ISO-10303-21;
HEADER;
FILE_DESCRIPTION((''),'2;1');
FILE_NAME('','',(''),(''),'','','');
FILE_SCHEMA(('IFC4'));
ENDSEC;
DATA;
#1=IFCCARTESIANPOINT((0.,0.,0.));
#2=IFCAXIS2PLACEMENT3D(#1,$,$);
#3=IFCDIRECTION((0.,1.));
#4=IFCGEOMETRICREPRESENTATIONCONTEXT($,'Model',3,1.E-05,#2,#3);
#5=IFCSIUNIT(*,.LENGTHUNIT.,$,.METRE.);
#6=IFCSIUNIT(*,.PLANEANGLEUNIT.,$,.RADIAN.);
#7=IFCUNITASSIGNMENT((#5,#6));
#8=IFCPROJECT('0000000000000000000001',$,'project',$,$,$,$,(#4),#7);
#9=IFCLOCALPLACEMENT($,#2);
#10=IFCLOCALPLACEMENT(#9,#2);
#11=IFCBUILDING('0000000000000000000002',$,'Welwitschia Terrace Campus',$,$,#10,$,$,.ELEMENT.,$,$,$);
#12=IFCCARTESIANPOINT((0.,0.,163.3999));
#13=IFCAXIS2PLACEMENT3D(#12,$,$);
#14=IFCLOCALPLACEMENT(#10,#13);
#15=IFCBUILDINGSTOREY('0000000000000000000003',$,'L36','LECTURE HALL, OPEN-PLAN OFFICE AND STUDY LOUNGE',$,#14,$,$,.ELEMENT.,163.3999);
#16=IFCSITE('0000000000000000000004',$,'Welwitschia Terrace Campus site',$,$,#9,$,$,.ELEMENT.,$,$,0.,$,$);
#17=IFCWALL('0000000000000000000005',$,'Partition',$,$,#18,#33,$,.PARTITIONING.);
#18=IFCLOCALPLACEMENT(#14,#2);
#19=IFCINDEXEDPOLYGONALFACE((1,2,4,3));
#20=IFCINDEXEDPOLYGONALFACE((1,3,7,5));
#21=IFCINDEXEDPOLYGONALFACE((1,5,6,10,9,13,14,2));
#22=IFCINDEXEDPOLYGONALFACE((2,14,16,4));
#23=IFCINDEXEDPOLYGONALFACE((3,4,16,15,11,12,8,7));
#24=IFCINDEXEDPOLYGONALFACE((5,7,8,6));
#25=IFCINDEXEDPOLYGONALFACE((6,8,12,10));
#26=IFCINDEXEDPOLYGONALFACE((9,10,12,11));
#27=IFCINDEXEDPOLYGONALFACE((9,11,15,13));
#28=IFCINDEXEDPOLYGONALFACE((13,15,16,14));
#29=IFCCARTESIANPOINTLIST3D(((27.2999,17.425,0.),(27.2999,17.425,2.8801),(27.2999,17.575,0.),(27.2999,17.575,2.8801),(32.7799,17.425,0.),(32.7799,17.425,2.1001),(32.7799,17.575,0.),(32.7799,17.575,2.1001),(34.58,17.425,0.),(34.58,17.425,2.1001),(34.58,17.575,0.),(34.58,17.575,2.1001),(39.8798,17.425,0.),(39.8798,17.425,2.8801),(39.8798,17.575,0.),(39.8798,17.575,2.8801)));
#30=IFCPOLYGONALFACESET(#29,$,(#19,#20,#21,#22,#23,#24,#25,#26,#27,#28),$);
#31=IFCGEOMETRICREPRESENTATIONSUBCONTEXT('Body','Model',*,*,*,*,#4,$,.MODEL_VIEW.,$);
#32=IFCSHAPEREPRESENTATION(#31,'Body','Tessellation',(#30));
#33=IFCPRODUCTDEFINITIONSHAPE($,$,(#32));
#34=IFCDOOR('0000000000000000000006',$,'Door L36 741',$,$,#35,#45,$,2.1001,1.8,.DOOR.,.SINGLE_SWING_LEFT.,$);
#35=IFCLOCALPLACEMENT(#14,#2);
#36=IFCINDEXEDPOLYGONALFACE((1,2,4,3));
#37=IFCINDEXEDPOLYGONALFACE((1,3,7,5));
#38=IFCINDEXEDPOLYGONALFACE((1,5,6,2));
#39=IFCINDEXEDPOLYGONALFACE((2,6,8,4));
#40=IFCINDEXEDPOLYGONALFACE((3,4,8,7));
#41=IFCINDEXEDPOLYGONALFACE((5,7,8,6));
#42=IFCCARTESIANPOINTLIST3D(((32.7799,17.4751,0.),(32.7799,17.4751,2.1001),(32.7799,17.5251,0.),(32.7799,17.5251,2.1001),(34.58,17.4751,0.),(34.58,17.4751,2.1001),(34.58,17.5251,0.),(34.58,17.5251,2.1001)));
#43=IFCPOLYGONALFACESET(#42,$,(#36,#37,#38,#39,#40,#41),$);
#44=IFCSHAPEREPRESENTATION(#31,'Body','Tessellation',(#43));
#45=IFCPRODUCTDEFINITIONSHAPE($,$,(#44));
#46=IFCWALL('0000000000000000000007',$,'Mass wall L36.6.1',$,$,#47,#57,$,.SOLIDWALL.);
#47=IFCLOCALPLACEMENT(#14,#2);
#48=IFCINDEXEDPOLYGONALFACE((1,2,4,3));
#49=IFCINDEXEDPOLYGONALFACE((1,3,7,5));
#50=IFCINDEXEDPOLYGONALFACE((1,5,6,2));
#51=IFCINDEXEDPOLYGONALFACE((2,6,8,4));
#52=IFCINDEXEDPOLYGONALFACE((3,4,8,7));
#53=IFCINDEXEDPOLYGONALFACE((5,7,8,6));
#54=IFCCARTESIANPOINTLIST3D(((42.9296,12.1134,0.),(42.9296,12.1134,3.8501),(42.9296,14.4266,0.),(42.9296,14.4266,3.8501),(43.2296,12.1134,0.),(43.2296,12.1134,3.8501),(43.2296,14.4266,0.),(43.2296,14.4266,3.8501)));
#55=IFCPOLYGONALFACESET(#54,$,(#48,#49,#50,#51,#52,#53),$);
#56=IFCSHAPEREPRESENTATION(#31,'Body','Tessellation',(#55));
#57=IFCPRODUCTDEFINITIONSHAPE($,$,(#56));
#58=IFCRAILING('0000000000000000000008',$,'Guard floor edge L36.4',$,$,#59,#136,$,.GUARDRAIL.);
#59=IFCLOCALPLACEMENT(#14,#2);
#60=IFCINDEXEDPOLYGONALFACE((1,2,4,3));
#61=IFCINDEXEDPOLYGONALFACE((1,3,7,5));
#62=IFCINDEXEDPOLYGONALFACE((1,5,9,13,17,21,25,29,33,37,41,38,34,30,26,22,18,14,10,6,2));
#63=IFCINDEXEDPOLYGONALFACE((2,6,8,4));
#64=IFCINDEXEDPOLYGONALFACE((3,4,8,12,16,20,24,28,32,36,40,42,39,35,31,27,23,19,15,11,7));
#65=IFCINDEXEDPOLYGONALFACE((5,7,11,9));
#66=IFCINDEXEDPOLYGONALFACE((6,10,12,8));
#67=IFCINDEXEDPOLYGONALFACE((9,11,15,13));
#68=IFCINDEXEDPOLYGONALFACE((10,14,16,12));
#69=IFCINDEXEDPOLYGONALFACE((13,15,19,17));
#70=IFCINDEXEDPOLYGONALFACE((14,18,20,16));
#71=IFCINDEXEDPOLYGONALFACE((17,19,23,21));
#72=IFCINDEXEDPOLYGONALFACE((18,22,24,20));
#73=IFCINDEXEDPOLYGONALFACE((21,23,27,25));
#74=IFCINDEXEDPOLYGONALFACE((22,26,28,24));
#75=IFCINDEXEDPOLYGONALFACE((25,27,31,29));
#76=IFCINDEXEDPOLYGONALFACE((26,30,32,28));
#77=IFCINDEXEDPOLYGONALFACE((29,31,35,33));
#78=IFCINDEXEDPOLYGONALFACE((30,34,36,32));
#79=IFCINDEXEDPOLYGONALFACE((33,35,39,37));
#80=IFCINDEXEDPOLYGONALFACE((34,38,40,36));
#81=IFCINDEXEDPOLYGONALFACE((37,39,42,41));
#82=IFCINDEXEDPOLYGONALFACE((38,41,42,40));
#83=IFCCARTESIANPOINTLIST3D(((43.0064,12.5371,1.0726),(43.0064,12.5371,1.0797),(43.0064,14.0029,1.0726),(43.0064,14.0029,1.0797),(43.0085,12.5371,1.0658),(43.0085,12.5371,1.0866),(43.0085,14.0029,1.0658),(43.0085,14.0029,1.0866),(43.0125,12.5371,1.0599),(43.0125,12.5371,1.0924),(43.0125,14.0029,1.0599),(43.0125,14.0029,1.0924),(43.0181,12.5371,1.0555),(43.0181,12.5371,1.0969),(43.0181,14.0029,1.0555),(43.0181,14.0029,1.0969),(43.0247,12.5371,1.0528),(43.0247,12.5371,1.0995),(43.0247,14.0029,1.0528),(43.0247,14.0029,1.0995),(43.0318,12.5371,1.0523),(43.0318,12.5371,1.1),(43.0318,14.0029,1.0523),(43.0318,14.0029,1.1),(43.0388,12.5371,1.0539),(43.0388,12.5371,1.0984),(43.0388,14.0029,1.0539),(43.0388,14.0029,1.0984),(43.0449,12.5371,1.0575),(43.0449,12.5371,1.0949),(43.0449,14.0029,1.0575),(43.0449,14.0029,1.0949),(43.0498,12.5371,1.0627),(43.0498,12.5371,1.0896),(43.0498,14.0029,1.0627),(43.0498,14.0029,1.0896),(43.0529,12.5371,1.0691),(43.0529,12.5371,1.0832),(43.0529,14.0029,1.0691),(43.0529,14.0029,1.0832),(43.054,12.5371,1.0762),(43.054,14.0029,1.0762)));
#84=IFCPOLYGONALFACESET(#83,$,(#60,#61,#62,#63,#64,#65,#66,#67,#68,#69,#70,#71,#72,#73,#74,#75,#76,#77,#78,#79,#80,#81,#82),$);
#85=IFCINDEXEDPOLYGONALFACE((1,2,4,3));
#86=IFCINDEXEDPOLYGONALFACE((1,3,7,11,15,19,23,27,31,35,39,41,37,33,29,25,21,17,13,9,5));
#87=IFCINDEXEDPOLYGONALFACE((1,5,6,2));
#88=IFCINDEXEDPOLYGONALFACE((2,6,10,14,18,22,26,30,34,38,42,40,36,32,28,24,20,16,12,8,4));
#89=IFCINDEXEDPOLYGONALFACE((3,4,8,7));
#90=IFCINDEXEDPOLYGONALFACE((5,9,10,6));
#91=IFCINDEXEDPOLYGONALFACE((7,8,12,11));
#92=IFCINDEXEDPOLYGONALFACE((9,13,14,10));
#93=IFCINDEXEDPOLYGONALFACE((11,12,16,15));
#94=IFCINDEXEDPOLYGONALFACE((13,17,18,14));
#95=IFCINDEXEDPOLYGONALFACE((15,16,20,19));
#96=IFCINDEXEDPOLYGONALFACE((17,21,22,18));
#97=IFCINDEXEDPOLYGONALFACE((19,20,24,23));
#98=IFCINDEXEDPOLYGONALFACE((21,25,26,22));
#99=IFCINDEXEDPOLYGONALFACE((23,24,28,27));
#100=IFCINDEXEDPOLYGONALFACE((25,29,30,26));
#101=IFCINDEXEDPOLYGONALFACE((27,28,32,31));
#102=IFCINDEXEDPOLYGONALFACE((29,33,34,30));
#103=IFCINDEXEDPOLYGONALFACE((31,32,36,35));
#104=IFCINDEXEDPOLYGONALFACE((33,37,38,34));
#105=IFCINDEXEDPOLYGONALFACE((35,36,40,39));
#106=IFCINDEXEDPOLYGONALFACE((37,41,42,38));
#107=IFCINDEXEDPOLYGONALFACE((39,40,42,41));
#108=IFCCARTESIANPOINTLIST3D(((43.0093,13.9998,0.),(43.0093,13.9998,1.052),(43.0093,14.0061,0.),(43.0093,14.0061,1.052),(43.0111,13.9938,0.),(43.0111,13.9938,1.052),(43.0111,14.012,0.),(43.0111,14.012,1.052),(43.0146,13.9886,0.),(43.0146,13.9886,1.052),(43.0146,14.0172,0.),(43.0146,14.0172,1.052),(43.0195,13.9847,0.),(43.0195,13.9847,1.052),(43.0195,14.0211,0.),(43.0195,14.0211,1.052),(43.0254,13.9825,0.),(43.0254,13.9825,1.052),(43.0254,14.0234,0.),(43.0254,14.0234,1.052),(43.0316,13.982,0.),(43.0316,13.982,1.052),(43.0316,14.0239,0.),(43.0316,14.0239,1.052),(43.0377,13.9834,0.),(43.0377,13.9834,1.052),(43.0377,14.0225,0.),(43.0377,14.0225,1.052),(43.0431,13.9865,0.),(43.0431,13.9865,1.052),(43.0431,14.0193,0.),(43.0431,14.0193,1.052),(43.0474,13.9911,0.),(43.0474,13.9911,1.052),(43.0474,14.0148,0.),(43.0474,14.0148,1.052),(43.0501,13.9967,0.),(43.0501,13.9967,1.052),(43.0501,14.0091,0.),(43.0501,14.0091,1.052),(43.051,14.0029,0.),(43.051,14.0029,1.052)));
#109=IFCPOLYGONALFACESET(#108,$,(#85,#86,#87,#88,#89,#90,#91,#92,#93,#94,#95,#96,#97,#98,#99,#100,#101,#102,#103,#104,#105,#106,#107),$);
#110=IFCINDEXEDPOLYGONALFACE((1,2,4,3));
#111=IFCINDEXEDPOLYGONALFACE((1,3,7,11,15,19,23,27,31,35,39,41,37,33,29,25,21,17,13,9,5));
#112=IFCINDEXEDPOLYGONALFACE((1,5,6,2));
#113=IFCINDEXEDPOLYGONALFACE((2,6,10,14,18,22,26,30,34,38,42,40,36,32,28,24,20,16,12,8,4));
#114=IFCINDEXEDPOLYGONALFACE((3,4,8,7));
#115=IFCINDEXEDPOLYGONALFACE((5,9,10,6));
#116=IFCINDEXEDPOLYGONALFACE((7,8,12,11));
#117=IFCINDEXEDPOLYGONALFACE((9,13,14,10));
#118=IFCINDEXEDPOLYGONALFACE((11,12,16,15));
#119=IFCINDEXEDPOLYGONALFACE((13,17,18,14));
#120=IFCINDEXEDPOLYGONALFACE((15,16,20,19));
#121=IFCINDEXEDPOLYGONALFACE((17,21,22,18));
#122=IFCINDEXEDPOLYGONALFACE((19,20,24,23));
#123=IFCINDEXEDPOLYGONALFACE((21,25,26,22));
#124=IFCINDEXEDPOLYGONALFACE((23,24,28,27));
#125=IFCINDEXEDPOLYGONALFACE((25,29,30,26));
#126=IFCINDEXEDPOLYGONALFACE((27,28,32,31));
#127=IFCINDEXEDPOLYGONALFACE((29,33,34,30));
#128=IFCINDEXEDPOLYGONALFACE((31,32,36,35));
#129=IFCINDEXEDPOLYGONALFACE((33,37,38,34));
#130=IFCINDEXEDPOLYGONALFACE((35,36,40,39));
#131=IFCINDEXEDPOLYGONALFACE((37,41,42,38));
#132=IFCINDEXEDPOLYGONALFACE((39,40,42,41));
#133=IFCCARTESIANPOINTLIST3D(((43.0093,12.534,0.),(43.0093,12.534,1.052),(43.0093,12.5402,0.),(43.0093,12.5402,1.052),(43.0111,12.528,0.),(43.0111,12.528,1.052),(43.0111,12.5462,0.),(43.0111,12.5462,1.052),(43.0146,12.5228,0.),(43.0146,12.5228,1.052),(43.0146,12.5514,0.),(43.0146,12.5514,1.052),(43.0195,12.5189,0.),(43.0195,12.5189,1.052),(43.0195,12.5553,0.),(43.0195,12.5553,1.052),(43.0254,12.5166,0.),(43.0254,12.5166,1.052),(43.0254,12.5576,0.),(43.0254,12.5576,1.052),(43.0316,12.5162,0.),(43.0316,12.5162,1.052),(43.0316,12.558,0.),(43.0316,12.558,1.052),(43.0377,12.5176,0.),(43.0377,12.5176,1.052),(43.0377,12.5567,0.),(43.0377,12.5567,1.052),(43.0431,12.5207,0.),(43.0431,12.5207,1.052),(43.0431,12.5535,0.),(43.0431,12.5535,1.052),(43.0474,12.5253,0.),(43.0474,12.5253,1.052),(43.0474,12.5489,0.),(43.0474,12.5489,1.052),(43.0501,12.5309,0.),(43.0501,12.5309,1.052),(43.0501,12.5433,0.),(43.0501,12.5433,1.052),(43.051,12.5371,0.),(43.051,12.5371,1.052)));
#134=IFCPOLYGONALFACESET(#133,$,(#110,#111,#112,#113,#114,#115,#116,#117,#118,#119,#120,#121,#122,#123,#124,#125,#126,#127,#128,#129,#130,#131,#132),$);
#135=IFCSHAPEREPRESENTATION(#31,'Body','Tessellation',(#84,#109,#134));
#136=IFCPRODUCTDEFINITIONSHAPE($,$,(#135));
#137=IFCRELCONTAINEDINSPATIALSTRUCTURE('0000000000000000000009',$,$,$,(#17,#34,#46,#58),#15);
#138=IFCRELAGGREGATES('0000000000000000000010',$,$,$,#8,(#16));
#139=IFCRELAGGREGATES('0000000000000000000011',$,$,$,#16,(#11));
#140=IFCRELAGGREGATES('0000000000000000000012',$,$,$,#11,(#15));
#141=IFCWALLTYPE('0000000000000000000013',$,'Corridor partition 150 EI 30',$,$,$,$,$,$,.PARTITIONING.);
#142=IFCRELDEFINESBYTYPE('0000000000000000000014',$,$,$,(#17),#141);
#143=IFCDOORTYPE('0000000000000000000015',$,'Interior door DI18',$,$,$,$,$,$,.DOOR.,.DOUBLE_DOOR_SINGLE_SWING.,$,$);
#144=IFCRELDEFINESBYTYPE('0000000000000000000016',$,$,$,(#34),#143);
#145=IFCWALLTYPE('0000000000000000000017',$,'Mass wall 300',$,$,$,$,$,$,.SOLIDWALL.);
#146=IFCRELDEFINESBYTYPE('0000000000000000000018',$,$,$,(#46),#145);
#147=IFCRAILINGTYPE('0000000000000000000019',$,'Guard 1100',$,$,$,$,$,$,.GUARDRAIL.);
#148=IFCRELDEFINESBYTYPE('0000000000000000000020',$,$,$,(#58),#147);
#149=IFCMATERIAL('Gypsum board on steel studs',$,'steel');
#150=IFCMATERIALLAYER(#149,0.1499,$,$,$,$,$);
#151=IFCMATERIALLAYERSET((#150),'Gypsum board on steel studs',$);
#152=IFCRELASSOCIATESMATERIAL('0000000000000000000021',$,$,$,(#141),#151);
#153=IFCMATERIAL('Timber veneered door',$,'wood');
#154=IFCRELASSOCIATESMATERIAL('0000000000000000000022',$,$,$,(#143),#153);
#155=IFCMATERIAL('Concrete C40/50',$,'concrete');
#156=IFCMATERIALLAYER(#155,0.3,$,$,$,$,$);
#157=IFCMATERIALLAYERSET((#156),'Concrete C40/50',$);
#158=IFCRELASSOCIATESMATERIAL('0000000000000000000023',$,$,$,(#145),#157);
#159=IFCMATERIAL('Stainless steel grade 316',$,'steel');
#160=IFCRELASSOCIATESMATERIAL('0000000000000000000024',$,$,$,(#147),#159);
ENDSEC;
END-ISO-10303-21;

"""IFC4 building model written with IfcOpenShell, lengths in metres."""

from ifc_helpers import new_model, si_unit, direction, frame, frame_2d, origin, origin_2d, place, context, subcontext, project, spatial, rectangle, circle, extrude, material, layer, layer_set, type_object, element, fill, save


model = new_model("IFC4")

# Units and contexts
model_context = context("Model", 3, precision=1e-05, world=origin(), true_north=direction((0.0, 1.0)))
body_context = subcontext(model_context, "Body", "Model", "MODEL_VIEW")
ifc_project = project(units=[si_unit("LENGTHUNIT", "METRE"), si_unit("PLANEANGLEUNIT", "RADIAN")], contexts=[model_context])

# Site, building, storey
site_placement = place(None, origin())
site = spatial("IfcSite", under=ifc_project, at=site_placement, Name="Welwitschia Terrace Campus site", CompositionType="ELEMENT", RefElevation=0.0)
building_placement = place(site_placement, origin())
building = spatial("IfcBuilding", under=site, at=building_placement, Name="Welwitschia Terrace Campus", CompositionType="ELEMENT")
storey_placement = place(building_placement, frame((0.0, 0.0, 163.3999)))
storey = spatial("IfcBuildingStorey", under=building, at=storey_placement, Name="L36", Description="LECTURE HALL, OPEN-PLAN OFFICE AND STUDY LOUNGE", CompositionType="ELEMENT", Elevation=163.3999)

# Shared definitions
ifc_material_1 = material(Name="Gypsum board on steel studs", Category="steel")
ifc_layer_1 = layer(ifc_material_1, 0.1499)
ifc_layer_set_1 = layer_set([ifc_layer_1], Name="Gypsum board on steel studs")
wall_type_1 = type_object("IfcWallType", Name="Corridor partition 150 EI 30", PredefinedType="PARTITIONING", material=ifc_layer_set_1)

# Wall, opening, door
wall_1_placement = place(storey_placement, frame((39.8799, 17.5, 0.0), z_axis=(0.0, 0.0, 1.0), x_axis=(-1.0, 0.0, 0.0)))
wall_1 = element("IfcWall", 1, at=wall_1_placement, inside=storey, type_object=wall_type_1, Name="Partition", PredefinedType="PARTITIONING", context=body_context, shape_type="SweptSolid", body=[
    extrude(rectangle(XDim=12.5798, YDim=0.1499, at=frame_2d((6.29, 0.0))), origin(), (0.0, 0.0, 1.0), 2.8801),
])
opening_placement = place(wall_1_placement, frame((5.3, 0.0, 0.0)))
opening = element("IfcOpeningElement", 2, at=opening_placement, cuts=wall_1, PredefinedType="OPENING", context=body_context, shape_type="SweptSolid", body=[
    extrude(rectangle(XDim=1.8, YDim=2.1001, at=frame_2d((0.8999, 1.05))), frame((0.0, 0.085, 0.0), z_axis=(0.0, -1.0, 0.0), x_axis=(1.0, 0.0, 0.0)), (0.0, 0.0, 1.0), 0.1699),
])
ifc_material_2 = material(Name="Timber veneered door", Category="wood")
door_type = type_object("IfcDoorType", Name="Interior door DI18", OperationType="DOUBLE_DOOR_SINGLE_SWING", PredefinedType="DOOR", material=ifc_material_2)
door_placement = place(opening_placement, origin())
door = element("IfcDoor", 3, at=door_placement, inside=storey, type_object=door_type, Name="Door L36 741", OperationType="SINGLE_SWING_LEFT", OverallHeight=2.1001, OverallWidth=1.8, PredefinedType="DOOR", context=body_context, shape_type="SweptSolid", body=[
    extrude(rectangle(XDim=1.8, YDim=2.1001, at=frame_2d((0.8999, 1.05))), frame((0.0, 0.0249, 0.0), z_axis=(0.0, -1.0, 0.0), x_axis=(1.0, 0.0, 0.0)), (0.0, 0.0, 1.0), 0.05),
])
fill(opening, door)

# Wall
ifc_material_3 = material(Name="Concrete C40/50", Category="concrete")
ifc_layer_2 = layer(ifc_material_3, 0.3)
ifc_layer_set_2 = layer_set([ifc_layer_2], Name="Concrete C40/50")
wall_type_2 = type_object("IfcWallType", Name="Mass wall 300", PredefinedType="SOLIDWALL", material=ifc_layer_set_2)
wall_2_placement = place(storey_placement, frame((43.0796, 12.1133, 0.0), z_axis=(0.0, 0.0, 1.0), x_axis=(0.0, 1.0, 0.0)))
element("IfcWall", 4, at=wall_2_placement, inside=storey, type_object=wall_type_2, Name="Mass wall L36.6.1", PredefinedType="SOLIDWALL", context=body_context, shape_type="SweptSolid", body=[
    extrude(rectangle(XDim=2.3132, YDim=0.3, at=frame_2d((1.1567, 0.0))), origin(), (0.0, 0.0, 1.0), 3.8501),
])

# Railing
ifc_material_4 = material(Name="Stainless steel grade 316", Category="steel")
railing_type = type_object("IfcRailingType", Name="Guard 1100", PredefinedType="GUARDRAIL", material=ifc_material_4)
railing_placement = place(storey_placement, frame((43.03, 14.0029, 0.0)))
element("IfcRailing", 5, at=railing_placement, inside=storey, type_object=railing_type, Name="Guard floor edge L36.4", PredefinedType="GUARDRAIL", context=body_context, shape_type="SweptSolid", body=[
    extrude(circle(Radius=0.0239, at=origin_2d()), frame((0.0, 0.0, 1.0762), z_axis=(0.0, -1.0, 0.0), x_axis=(1.0, 0.0, 0.0)), (0.0, 0.0, 1.0), 1.4658),
    extrude(circle(Radius=0.021, at=origin_2d()), origin(), (0.0, 0.0, 1.0), 1.052),
    extrude(circle(Radius=0.021, at=origin_2d()), frame((0.0, -1.4658, 0.0)), (0.0, 0.0, 1.0), 1.052),
])

save(model, "model.ifc")
